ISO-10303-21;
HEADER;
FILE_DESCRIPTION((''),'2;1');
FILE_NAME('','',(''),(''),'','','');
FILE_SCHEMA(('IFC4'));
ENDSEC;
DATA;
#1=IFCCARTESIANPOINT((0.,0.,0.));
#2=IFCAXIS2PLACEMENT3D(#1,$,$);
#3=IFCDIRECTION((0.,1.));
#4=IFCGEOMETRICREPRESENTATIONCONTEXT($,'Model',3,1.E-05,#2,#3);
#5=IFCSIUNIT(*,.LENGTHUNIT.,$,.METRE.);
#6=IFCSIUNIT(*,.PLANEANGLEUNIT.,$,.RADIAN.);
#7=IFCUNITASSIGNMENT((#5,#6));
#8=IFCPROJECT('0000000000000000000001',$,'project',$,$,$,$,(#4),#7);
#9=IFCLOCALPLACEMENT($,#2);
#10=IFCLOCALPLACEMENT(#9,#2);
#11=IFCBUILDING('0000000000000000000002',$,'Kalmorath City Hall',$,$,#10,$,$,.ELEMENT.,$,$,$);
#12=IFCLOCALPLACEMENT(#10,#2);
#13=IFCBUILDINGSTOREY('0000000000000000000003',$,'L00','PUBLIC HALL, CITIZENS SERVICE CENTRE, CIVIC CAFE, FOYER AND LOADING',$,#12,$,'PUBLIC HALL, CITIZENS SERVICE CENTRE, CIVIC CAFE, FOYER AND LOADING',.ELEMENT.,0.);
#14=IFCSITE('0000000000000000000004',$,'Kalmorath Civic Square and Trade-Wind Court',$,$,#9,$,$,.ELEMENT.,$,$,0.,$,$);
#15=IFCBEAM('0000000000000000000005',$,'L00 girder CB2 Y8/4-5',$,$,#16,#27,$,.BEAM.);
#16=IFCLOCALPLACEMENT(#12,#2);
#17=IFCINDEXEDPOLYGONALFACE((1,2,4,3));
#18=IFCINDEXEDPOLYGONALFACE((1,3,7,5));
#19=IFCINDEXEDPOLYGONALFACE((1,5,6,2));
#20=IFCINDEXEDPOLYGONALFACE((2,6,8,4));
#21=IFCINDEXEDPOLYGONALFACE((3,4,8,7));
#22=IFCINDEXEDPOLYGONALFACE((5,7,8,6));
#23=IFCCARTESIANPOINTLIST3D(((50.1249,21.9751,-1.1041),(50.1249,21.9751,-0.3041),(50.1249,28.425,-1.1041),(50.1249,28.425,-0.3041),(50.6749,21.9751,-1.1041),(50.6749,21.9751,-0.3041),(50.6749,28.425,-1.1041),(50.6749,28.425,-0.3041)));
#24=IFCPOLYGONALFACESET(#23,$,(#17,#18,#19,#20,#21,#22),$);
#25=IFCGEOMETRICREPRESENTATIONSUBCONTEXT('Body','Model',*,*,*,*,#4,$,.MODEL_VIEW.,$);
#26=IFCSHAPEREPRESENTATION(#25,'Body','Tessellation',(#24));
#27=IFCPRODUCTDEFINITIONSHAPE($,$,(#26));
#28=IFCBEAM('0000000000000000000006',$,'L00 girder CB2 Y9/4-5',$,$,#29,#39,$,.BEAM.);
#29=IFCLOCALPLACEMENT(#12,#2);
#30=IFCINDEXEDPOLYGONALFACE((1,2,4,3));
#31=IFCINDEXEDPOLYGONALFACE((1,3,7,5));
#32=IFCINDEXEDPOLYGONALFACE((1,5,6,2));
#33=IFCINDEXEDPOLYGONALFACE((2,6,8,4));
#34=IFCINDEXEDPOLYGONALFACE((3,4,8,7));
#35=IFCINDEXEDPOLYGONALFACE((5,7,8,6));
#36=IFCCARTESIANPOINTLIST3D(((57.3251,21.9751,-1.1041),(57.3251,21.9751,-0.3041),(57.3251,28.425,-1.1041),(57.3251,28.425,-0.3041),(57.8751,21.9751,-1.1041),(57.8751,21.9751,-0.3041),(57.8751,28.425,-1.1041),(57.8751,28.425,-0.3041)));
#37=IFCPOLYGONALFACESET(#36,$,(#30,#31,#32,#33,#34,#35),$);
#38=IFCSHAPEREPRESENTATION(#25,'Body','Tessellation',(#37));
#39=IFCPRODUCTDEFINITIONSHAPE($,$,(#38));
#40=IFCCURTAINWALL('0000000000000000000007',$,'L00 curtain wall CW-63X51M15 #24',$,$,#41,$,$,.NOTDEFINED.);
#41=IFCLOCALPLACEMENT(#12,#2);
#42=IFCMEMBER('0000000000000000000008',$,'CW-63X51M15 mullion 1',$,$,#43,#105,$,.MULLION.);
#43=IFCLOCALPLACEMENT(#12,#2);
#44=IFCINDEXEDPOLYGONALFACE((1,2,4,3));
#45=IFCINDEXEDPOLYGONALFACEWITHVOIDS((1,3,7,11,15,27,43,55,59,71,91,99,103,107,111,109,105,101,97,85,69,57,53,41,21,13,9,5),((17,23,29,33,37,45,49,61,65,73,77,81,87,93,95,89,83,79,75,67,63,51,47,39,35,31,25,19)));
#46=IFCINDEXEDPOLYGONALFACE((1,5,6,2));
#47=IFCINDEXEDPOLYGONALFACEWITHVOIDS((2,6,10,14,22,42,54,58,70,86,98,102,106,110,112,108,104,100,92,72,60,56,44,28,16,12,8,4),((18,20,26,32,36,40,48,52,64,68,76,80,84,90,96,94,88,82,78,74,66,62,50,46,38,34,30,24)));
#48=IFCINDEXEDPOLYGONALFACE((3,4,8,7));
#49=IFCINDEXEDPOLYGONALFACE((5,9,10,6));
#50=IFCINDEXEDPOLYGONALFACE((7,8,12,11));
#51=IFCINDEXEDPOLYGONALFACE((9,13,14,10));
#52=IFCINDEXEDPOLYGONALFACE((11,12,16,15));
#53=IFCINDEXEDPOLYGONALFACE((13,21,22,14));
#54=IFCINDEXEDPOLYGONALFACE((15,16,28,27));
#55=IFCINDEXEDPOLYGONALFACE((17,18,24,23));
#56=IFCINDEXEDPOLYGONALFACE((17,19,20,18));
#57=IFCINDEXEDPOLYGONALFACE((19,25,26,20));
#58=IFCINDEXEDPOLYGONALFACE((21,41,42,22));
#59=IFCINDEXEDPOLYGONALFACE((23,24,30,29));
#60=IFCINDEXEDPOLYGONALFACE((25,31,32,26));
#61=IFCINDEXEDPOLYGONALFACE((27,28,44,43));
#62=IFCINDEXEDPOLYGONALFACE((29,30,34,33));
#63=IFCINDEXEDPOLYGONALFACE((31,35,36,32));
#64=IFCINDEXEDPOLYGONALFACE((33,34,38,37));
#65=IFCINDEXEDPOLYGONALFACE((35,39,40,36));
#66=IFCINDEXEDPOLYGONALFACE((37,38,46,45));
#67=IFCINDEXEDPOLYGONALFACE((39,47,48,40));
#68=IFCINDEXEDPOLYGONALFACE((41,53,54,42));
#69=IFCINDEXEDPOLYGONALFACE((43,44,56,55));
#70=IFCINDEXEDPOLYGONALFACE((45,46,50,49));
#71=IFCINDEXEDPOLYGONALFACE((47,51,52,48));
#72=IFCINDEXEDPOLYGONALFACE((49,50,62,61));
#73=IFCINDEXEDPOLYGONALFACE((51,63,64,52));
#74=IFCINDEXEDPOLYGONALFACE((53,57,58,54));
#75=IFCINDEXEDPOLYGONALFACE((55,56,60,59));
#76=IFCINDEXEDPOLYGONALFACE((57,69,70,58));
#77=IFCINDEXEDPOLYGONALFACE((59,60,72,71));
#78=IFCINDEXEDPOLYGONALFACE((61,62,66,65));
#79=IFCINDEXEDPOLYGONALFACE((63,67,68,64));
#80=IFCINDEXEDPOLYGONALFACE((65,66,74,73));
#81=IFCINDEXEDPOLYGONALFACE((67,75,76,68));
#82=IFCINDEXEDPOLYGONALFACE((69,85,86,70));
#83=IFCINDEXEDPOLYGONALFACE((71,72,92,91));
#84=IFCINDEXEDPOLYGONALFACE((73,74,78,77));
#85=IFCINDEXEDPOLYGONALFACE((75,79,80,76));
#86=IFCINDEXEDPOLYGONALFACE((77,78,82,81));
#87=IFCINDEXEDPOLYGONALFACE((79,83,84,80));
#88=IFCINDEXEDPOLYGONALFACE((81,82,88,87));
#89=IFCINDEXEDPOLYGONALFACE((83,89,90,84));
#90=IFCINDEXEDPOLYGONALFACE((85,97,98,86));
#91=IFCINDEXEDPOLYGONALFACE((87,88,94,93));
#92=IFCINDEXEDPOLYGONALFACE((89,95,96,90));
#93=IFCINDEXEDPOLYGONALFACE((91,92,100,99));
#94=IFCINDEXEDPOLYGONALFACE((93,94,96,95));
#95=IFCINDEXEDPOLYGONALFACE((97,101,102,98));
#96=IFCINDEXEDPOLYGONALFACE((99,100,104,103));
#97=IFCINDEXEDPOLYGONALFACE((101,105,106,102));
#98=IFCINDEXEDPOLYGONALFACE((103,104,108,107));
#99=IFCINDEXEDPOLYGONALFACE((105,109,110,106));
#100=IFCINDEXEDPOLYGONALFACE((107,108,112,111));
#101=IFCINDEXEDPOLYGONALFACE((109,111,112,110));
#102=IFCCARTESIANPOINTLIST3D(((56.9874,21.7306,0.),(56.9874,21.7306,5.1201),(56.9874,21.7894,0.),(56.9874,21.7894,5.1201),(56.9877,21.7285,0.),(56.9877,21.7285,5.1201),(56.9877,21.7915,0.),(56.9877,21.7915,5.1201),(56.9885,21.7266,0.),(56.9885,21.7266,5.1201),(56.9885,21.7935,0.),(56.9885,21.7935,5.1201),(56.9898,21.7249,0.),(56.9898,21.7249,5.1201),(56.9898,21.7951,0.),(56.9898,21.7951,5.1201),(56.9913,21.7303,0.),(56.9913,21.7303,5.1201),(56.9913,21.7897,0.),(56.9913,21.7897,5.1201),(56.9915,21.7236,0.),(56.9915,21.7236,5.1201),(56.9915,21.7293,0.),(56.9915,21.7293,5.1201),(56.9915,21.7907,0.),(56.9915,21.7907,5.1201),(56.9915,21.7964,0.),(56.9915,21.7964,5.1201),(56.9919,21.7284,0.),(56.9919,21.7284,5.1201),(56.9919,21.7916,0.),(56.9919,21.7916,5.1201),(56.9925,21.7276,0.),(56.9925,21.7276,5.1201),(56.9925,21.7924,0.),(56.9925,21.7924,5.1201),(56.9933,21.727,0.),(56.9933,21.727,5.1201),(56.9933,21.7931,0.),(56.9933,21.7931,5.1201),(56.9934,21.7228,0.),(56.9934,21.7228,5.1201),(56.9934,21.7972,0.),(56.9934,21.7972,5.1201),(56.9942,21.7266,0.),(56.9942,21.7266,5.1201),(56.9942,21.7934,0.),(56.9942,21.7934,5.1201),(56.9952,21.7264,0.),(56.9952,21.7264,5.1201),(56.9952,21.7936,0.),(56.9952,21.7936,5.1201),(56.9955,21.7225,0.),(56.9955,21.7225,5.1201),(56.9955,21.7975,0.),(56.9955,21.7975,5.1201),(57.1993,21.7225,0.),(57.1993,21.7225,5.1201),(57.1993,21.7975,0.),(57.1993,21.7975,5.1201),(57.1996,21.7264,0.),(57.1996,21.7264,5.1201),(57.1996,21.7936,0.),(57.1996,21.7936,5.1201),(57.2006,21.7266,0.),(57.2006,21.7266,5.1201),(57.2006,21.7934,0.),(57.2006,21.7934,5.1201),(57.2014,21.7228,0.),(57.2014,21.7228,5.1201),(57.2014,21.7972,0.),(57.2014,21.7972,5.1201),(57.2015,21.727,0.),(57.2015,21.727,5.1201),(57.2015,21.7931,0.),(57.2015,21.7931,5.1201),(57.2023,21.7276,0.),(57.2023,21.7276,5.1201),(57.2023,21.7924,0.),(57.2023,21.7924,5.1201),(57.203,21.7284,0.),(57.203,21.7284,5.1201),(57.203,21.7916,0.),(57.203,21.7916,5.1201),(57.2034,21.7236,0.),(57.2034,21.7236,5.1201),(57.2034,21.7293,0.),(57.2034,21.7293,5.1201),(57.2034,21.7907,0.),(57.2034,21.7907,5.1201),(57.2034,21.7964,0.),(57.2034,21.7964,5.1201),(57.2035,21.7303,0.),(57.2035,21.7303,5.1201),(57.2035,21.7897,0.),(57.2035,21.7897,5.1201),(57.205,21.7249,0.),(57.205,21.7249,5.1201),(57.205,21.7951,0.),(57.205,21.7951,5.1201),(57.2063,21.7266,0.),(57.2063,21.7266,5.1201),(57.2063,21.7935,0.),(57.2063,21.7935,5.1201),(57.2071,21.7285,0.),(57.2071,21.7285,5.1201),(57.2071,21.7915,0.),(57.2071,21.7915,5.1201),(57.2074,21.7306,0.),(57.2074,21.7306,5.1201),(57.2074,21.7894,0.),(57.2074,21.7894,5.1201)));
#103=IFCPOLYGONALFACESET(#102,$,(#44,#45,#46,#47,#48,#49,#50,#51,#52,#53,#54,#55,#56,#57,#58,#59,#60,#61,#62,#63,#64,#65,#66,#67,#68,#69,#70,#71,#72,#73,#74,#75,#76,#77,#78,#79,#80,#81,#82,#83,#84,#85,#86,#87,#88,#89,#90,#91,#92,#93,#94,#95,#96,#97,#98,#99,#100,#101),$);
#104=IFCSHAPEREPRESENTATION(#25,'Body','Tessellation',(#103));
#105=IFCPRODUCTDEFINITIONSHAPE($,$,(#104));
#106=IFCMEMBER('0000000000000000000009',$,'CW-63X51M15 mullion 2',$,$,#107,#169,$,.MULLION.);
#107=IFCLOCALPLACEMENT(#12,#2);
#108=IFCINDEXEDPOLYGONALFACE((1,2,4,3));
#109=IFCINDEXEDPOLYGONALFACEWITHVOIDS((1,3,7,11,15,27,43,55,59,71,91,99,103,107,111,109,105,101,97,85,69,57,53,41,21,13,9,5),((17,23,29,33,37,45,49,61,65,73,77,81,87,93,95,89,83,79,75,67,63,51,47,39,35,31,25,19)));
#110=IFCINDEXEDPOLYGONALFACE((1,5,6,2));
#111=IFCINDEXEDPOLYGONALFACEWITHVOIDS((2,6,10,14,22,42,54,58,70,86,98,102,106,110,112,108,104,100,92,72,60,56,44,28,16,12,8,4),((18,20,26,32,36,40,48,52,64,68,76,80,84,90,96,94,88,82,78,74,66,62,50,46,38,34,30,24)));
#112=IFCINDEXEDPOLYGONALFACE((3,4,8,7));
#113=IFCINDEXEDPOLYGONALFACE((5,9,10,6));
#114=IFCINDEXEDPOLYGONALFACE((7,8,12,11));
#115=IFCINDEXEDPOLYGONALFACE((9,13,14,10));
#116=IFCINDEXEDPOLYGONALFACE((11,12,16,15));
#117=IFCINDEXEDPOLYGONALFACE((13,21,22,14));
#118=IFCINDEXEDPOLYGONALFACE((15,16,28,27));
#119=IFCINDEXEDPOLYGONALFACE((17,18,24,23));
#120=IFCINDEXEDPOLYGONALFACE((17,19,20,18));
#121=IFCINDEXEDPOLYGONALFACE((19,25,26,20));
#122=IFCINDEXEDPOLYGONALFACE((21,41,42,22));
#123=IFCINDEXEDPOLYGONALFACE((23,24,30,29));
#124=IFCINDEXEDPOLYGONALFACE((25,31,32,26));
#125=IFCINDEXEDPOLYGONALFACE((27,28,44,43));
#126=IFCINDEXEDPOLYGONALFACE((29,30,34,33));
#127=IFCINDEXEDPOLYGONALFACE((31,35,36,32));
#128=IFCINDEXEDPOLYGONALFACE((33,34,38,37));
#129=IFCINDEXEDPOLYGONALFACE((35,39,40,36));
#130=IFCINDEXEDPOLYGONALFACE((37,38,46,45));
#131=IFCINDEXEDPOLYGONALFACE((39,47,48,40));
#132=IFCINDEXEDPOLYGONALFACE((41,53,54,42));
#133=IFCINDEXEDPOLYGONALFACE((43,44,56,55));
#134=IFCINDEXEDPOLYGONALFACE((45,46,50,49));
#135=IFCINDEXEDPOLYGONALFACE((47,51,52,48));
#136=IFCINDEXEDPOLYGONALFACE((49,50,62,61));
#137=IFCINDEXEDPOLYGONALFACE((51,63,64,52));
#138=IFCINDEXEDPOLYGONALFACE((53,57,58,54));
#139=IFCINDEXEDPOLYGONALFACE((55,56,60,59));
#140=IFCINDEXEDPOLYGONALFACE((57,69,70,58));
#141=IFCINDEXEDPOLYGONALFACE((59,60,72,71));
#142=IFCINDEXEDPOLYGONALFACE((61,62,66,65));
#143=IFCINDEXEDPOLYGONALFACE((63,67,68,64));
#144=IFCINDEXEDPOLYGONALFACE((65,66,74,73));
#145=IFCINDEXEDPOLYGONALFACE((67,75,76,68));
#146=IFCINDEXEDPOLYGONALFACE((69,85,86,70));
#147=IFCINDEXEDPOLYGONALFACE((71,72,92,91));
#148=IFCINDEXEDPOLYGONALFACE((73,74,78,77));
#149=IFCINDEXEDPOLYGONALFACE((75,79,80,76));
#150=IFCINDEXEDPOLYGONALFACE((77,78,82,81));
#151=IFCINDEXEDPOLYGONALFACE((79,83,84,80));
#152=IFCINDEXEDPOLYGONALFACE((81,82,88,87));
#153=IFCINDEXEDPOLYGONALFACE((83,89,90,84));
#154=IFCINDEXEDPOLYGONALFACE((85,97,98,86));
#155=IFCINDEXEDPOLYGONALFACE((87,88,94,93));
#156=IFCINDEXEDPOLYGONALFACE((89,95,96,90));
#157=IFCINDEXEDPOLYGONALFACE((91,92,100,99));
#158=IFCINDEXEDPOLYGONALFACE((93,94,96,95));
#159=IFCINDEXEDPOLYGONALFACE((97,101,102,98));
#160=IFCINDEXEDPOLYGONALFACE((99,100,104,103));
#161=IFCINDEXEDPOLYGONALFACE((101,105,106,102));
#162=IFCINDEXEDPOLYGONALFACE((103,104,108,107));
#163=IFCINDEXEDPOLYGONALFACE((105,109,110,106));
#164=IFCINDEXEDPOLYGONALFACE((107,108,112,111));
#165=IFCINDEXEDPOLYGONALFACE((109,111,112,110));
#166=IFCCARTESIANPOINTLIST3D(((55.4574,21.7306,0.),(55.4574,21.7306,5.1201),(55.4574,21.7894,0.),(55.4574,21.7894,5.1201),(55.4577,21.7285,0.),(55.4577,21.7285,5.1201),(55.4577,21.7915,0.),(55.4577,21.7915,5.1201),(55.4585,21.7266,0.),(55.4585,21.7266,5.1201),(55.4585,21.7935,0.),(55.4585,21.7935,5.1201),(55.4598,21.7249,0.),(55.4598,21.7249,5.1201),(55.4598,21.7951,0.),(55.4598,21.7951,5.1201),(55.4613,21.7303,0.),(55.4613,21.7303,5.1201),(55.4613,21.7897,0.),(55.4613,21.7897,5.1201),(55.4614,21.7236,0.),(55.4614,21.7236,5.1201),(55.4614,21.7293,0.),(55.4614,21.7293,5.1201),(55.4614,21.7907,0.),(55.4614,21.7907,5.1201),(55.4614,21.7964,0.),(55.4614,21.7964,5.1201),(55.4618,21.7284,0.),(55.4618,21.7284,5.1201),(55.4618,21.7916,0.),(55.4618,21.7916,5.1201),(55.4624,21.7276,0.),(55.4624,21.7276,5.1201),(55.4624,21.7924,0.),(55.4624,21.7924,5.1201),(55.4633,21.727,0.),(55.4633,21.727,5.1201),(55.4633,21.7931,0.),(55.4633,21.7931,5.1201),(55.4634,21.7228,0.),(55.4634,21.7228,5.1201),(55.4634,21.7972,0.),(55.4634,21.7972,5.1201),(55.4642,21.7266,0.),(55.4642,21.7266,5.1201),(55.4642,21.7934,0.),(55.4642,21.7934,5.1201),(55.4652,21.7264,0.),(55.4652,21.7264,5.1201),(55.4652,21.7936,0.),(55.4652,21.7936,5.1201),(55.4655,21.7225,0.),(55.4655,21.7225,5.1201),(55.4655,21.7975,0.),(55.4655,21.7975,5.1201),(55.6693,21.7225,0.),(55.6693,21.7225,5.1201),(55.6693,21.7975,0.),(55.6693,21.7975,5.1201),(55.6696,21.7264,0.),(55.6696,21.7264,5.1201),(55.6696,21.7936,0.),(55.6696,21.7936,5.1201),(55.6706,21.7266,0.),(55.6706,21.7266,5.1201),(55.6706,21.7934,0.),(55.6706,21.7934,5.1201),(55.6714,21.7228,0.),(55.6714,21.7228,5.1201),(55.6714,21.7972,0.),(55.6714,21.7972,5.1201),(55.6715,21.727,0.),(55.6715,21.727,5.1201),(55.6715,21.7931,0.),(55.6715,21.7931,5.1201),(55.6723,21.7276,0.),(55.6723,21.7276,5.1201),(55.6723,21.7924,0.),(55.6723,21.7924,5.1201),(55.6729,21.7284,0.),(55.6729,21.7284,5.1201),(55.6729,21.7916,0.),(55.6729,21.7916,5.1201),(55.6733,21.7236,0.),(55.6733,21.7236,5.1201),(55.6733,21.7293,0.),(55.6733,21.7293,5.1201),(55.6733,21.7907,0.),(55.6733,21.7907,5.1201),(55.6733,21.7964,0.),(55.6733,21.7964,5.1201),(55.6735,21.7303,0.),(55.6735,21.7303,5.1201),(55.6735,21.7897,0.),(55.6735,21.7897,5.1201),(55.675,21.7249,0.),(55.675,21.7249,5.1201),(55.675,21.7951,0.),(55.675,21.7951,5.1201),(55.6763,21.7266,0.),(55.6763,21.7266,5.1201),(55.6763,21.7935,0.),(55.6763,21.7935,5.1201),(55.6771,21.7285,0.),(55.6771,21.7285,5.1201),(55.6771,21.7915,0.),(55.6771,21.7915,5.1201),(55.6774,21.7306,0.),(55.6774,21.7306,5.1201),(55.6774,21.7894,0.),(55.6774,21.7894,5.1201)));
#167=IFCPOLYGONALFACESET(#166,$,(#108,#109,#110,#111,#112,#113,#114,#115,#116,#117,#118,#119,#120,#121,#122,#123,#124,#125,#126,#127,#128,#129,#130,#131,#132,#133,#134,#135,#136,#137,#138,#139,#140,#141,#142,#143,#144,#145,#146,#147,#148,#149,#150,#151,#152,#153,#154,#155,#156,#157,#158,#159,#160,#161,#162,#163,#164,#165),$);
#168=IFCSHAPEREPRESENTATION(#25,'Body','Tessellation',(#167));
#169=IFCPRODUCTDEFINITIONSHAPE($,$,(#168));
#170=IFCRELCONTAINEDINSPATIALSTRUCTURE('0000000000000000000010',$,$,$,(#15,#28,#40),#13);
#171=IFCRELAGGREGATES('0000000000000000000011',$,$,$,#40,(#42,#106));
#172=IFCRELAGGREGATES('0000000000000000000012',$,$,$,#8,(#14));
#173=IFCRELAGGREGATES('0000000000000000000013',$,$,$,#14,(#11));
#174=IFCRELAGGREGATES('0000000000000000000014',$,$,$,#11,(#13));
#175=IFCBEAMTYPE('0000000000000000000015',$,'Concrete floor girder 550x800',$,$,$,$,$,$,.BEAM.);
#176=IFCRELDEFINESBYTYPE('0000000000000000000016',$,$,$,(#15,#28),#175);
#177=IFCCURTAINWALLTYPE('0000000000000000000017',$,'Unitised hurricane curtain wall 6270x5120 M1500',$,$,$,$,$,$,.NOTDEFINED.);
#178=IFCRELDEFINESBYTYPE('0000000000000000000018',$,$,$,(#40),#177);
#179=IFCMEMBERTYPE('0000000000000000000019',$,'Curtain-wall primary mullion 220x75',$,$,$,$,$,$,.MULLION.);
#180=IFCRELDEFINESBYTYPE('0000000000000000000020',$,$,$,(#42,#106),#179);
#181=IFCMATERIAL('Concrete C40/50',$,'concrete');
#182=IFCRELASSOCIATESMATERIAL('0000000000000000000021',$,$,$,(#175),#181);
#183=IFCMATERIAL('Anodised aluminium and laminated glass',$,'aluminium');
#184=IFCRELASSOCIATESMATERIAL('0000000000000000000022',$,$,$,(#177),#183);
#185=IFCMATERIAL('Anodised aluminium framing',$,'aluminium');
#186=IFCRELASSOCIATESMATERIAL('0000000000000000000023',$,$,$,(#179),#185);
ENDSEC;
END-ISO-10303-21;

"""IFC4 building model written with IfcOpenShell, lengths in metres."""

from ifc_helpers import new_model, si_unit, direction, frame, origin, origin_2d, place, context, subcontext, project, spatial, rectangle, hollow_rectangle, extrude, material, material_profile, profile_set, type_object, element, aggregate, save


model = new_model("IFC4")

# Units and contexts
model_context = context("Model", 3, precision=1e-05, world=origin(), true_north=direction((0.0, 1.0)))
body_context = subcontext(model_context, "Body", "Model", "MODEL_VIEW")
ifc_project = project(units=[si_unit("LENGTHUNIT", "METRE"), si_unit("PLANEANGLEUNIT", "RADIAN")], contexts=[model_context])

# Site, building, storey
site_placement = place(None, origin())
site = spatial("IfcSite", under=ifc_project, at=site_placement, Name="Kalmorath Civic Square and Trade-Wind Court", CompositionType="ELEMENT", RefElevation=0.0)
building_placement = place(site_placement, origin())
building = spatial("IfcBuilding", under=site, at=building_placement, Name="Kalmorath City Hall", CompositionType="ELEMENT")
storey_placement = place(building_placement, origin())
storey = spatial("IfcBuildingStorey", under=building, at=storey_placement, Name="L00", Description="PUBLIC HALL, CITIZENS SERVICE CENTRE, CIVIC CAFE, FOYER AND LOADING", LongName="PUBLIC HALL, CITIZENS SERVICE CENTRE, CIVIC CAFE, FOYER AND LOADING", CompositionType="ELEMENT", Elevation=0.0)

# Beams
ifc_material_1 = material(Name="Concrete C40/50", Category="concrete")
ifc_material_profile_1 = material_profile(ifc_material_1, rectangle(XDim=0.55, YDim=0.8, at=origin_2d()), Name="RC-BM-550X800")
ifc_profile_set_1 = profile_set([ifc_material_profile_1], Name="Concrete C40/50")
beam_type_1 = type_object("IfcBeamType", Name="Concrete floor girder 550x800", PredefinedType="BEAM", material=ifc_profile_set_1)
for number, where, z_axis, x_axis, name in (
    (1, (50.3999, 21.9751, -0.7041), (0.0, 1.0, 0.0), (-1.0, 0.0, 0.0), "L00 girder CB2 Y8/4-5"),
    (2, (57.6001, 21.9751, -0.7041), (0.0, 1.0, 0.0), (-1.0, 0.0, 0.0), "L00 girder CB2 Y9/4-5"),
):
    element("IfcBeam", number, at=place(storey_placement, frame(where, z_axis=z_axis, x_axis=x_axis)), inside=storey, type_object=beam_type_1, Name=name, PredefinedType="BEAM", context=body_context, shape_type="SweptSolid", body=[
        extrude(rectangle(XDim=0.55, YDim=0.8, at=origin_2d()), origin(), (0.0, 0.0, 1.0), 6.45),
    ])

# Curtain wall, members
ifc_material_2 = material(Name="Anodised aluminium and laminated glass", Category="aluminium")
curtain_wall_type = type_object("IfcCurtainWallType", Name="Unitised hurricane curtain wall 6270x5120 M1500", PredefinedType="NOTDEFINED", material=ifc_material_2)
curtain_wall_placement = place(storey_placement, origin())
curtain_wall = element("IfcCurtainWall", 3, at=curtain_wall_placement, inside=storey, type_object=curtain_wall_type, Name="L00 curtain wall CW-63X51M15 #24", PredefinedType="NOTDEFINED")
ifc_material_3 = material(Name="Anodised aluminium framing", Category="aluminium")
ifc_material_profile_2 = material_profile(ifc_material_3, hollow_rectangle(XDim=0.075, YDim=0.22, WallThickness=0.0039, InnerFilletRadius=0.0039, OuterFilletRadius=0.0081, at=origin_2d()), Name="ALU-MUL-220X75X4")
ifc_profile_set_2 = profile_set([ifc_material_profile_2], Name="Anodised aluminium framing")
member_type_1 = type_object("IfcMemberType", Name="Curtain-wall primary mullion 220x75", PredefinedType="MULLION", material=ifc_profile_set_2)
member_1_placement = place(storey_placement, frame((57.0974, 21.76, 0.0), z_axis=(0.0, 0.0, 1.0), x_axis=(0.0, -1.0, 0.0)))
member_1 = element("IfcMember", 4, at=member_1_placement, type_object=member_type_1, Name="CW-63X51M15 mullion 1", PredefinedType="MULLION", context=body_context, shape_type="SweptSolid", body=[
    extrude(hollow_rectangle(XDim=0.075, YDim=0.22, WallThickness=0.0039, InnerFilletRadius=0.0039, OuterFilletRadius=0.0081, at=origin_2d()), origin(), (0.0, 0.0, 1.0), 5.1201),
])
member_2_placement = place(storey_placement, frame((55.5674, 21.76, 0.0), z_axis=(0.0, 0.0, 1.0), x_axis=(0.0, -1.0, 0.0)))
member_2 = element("IfcMember", 5, at=member_2_placement, type_object=member_type_1, Name="CW-63X51M15 mullion 2", PredefinedType="MULLION", context=body_context, shape_type="SweptSolid", body=[
    extrude(hollow_rectangle(XDim=0.075, YDim=0.22, WallThickness=0.0039, InnerFilletRadius=0.0039, OuterFilletRadius=0.0081, at=origin_2d()), origin(), (0.0, 0.0, 1.0), 5.1201),
])

aggregate(curtain_wall, [member_1, member_2])

save(model, "model.ifc")
